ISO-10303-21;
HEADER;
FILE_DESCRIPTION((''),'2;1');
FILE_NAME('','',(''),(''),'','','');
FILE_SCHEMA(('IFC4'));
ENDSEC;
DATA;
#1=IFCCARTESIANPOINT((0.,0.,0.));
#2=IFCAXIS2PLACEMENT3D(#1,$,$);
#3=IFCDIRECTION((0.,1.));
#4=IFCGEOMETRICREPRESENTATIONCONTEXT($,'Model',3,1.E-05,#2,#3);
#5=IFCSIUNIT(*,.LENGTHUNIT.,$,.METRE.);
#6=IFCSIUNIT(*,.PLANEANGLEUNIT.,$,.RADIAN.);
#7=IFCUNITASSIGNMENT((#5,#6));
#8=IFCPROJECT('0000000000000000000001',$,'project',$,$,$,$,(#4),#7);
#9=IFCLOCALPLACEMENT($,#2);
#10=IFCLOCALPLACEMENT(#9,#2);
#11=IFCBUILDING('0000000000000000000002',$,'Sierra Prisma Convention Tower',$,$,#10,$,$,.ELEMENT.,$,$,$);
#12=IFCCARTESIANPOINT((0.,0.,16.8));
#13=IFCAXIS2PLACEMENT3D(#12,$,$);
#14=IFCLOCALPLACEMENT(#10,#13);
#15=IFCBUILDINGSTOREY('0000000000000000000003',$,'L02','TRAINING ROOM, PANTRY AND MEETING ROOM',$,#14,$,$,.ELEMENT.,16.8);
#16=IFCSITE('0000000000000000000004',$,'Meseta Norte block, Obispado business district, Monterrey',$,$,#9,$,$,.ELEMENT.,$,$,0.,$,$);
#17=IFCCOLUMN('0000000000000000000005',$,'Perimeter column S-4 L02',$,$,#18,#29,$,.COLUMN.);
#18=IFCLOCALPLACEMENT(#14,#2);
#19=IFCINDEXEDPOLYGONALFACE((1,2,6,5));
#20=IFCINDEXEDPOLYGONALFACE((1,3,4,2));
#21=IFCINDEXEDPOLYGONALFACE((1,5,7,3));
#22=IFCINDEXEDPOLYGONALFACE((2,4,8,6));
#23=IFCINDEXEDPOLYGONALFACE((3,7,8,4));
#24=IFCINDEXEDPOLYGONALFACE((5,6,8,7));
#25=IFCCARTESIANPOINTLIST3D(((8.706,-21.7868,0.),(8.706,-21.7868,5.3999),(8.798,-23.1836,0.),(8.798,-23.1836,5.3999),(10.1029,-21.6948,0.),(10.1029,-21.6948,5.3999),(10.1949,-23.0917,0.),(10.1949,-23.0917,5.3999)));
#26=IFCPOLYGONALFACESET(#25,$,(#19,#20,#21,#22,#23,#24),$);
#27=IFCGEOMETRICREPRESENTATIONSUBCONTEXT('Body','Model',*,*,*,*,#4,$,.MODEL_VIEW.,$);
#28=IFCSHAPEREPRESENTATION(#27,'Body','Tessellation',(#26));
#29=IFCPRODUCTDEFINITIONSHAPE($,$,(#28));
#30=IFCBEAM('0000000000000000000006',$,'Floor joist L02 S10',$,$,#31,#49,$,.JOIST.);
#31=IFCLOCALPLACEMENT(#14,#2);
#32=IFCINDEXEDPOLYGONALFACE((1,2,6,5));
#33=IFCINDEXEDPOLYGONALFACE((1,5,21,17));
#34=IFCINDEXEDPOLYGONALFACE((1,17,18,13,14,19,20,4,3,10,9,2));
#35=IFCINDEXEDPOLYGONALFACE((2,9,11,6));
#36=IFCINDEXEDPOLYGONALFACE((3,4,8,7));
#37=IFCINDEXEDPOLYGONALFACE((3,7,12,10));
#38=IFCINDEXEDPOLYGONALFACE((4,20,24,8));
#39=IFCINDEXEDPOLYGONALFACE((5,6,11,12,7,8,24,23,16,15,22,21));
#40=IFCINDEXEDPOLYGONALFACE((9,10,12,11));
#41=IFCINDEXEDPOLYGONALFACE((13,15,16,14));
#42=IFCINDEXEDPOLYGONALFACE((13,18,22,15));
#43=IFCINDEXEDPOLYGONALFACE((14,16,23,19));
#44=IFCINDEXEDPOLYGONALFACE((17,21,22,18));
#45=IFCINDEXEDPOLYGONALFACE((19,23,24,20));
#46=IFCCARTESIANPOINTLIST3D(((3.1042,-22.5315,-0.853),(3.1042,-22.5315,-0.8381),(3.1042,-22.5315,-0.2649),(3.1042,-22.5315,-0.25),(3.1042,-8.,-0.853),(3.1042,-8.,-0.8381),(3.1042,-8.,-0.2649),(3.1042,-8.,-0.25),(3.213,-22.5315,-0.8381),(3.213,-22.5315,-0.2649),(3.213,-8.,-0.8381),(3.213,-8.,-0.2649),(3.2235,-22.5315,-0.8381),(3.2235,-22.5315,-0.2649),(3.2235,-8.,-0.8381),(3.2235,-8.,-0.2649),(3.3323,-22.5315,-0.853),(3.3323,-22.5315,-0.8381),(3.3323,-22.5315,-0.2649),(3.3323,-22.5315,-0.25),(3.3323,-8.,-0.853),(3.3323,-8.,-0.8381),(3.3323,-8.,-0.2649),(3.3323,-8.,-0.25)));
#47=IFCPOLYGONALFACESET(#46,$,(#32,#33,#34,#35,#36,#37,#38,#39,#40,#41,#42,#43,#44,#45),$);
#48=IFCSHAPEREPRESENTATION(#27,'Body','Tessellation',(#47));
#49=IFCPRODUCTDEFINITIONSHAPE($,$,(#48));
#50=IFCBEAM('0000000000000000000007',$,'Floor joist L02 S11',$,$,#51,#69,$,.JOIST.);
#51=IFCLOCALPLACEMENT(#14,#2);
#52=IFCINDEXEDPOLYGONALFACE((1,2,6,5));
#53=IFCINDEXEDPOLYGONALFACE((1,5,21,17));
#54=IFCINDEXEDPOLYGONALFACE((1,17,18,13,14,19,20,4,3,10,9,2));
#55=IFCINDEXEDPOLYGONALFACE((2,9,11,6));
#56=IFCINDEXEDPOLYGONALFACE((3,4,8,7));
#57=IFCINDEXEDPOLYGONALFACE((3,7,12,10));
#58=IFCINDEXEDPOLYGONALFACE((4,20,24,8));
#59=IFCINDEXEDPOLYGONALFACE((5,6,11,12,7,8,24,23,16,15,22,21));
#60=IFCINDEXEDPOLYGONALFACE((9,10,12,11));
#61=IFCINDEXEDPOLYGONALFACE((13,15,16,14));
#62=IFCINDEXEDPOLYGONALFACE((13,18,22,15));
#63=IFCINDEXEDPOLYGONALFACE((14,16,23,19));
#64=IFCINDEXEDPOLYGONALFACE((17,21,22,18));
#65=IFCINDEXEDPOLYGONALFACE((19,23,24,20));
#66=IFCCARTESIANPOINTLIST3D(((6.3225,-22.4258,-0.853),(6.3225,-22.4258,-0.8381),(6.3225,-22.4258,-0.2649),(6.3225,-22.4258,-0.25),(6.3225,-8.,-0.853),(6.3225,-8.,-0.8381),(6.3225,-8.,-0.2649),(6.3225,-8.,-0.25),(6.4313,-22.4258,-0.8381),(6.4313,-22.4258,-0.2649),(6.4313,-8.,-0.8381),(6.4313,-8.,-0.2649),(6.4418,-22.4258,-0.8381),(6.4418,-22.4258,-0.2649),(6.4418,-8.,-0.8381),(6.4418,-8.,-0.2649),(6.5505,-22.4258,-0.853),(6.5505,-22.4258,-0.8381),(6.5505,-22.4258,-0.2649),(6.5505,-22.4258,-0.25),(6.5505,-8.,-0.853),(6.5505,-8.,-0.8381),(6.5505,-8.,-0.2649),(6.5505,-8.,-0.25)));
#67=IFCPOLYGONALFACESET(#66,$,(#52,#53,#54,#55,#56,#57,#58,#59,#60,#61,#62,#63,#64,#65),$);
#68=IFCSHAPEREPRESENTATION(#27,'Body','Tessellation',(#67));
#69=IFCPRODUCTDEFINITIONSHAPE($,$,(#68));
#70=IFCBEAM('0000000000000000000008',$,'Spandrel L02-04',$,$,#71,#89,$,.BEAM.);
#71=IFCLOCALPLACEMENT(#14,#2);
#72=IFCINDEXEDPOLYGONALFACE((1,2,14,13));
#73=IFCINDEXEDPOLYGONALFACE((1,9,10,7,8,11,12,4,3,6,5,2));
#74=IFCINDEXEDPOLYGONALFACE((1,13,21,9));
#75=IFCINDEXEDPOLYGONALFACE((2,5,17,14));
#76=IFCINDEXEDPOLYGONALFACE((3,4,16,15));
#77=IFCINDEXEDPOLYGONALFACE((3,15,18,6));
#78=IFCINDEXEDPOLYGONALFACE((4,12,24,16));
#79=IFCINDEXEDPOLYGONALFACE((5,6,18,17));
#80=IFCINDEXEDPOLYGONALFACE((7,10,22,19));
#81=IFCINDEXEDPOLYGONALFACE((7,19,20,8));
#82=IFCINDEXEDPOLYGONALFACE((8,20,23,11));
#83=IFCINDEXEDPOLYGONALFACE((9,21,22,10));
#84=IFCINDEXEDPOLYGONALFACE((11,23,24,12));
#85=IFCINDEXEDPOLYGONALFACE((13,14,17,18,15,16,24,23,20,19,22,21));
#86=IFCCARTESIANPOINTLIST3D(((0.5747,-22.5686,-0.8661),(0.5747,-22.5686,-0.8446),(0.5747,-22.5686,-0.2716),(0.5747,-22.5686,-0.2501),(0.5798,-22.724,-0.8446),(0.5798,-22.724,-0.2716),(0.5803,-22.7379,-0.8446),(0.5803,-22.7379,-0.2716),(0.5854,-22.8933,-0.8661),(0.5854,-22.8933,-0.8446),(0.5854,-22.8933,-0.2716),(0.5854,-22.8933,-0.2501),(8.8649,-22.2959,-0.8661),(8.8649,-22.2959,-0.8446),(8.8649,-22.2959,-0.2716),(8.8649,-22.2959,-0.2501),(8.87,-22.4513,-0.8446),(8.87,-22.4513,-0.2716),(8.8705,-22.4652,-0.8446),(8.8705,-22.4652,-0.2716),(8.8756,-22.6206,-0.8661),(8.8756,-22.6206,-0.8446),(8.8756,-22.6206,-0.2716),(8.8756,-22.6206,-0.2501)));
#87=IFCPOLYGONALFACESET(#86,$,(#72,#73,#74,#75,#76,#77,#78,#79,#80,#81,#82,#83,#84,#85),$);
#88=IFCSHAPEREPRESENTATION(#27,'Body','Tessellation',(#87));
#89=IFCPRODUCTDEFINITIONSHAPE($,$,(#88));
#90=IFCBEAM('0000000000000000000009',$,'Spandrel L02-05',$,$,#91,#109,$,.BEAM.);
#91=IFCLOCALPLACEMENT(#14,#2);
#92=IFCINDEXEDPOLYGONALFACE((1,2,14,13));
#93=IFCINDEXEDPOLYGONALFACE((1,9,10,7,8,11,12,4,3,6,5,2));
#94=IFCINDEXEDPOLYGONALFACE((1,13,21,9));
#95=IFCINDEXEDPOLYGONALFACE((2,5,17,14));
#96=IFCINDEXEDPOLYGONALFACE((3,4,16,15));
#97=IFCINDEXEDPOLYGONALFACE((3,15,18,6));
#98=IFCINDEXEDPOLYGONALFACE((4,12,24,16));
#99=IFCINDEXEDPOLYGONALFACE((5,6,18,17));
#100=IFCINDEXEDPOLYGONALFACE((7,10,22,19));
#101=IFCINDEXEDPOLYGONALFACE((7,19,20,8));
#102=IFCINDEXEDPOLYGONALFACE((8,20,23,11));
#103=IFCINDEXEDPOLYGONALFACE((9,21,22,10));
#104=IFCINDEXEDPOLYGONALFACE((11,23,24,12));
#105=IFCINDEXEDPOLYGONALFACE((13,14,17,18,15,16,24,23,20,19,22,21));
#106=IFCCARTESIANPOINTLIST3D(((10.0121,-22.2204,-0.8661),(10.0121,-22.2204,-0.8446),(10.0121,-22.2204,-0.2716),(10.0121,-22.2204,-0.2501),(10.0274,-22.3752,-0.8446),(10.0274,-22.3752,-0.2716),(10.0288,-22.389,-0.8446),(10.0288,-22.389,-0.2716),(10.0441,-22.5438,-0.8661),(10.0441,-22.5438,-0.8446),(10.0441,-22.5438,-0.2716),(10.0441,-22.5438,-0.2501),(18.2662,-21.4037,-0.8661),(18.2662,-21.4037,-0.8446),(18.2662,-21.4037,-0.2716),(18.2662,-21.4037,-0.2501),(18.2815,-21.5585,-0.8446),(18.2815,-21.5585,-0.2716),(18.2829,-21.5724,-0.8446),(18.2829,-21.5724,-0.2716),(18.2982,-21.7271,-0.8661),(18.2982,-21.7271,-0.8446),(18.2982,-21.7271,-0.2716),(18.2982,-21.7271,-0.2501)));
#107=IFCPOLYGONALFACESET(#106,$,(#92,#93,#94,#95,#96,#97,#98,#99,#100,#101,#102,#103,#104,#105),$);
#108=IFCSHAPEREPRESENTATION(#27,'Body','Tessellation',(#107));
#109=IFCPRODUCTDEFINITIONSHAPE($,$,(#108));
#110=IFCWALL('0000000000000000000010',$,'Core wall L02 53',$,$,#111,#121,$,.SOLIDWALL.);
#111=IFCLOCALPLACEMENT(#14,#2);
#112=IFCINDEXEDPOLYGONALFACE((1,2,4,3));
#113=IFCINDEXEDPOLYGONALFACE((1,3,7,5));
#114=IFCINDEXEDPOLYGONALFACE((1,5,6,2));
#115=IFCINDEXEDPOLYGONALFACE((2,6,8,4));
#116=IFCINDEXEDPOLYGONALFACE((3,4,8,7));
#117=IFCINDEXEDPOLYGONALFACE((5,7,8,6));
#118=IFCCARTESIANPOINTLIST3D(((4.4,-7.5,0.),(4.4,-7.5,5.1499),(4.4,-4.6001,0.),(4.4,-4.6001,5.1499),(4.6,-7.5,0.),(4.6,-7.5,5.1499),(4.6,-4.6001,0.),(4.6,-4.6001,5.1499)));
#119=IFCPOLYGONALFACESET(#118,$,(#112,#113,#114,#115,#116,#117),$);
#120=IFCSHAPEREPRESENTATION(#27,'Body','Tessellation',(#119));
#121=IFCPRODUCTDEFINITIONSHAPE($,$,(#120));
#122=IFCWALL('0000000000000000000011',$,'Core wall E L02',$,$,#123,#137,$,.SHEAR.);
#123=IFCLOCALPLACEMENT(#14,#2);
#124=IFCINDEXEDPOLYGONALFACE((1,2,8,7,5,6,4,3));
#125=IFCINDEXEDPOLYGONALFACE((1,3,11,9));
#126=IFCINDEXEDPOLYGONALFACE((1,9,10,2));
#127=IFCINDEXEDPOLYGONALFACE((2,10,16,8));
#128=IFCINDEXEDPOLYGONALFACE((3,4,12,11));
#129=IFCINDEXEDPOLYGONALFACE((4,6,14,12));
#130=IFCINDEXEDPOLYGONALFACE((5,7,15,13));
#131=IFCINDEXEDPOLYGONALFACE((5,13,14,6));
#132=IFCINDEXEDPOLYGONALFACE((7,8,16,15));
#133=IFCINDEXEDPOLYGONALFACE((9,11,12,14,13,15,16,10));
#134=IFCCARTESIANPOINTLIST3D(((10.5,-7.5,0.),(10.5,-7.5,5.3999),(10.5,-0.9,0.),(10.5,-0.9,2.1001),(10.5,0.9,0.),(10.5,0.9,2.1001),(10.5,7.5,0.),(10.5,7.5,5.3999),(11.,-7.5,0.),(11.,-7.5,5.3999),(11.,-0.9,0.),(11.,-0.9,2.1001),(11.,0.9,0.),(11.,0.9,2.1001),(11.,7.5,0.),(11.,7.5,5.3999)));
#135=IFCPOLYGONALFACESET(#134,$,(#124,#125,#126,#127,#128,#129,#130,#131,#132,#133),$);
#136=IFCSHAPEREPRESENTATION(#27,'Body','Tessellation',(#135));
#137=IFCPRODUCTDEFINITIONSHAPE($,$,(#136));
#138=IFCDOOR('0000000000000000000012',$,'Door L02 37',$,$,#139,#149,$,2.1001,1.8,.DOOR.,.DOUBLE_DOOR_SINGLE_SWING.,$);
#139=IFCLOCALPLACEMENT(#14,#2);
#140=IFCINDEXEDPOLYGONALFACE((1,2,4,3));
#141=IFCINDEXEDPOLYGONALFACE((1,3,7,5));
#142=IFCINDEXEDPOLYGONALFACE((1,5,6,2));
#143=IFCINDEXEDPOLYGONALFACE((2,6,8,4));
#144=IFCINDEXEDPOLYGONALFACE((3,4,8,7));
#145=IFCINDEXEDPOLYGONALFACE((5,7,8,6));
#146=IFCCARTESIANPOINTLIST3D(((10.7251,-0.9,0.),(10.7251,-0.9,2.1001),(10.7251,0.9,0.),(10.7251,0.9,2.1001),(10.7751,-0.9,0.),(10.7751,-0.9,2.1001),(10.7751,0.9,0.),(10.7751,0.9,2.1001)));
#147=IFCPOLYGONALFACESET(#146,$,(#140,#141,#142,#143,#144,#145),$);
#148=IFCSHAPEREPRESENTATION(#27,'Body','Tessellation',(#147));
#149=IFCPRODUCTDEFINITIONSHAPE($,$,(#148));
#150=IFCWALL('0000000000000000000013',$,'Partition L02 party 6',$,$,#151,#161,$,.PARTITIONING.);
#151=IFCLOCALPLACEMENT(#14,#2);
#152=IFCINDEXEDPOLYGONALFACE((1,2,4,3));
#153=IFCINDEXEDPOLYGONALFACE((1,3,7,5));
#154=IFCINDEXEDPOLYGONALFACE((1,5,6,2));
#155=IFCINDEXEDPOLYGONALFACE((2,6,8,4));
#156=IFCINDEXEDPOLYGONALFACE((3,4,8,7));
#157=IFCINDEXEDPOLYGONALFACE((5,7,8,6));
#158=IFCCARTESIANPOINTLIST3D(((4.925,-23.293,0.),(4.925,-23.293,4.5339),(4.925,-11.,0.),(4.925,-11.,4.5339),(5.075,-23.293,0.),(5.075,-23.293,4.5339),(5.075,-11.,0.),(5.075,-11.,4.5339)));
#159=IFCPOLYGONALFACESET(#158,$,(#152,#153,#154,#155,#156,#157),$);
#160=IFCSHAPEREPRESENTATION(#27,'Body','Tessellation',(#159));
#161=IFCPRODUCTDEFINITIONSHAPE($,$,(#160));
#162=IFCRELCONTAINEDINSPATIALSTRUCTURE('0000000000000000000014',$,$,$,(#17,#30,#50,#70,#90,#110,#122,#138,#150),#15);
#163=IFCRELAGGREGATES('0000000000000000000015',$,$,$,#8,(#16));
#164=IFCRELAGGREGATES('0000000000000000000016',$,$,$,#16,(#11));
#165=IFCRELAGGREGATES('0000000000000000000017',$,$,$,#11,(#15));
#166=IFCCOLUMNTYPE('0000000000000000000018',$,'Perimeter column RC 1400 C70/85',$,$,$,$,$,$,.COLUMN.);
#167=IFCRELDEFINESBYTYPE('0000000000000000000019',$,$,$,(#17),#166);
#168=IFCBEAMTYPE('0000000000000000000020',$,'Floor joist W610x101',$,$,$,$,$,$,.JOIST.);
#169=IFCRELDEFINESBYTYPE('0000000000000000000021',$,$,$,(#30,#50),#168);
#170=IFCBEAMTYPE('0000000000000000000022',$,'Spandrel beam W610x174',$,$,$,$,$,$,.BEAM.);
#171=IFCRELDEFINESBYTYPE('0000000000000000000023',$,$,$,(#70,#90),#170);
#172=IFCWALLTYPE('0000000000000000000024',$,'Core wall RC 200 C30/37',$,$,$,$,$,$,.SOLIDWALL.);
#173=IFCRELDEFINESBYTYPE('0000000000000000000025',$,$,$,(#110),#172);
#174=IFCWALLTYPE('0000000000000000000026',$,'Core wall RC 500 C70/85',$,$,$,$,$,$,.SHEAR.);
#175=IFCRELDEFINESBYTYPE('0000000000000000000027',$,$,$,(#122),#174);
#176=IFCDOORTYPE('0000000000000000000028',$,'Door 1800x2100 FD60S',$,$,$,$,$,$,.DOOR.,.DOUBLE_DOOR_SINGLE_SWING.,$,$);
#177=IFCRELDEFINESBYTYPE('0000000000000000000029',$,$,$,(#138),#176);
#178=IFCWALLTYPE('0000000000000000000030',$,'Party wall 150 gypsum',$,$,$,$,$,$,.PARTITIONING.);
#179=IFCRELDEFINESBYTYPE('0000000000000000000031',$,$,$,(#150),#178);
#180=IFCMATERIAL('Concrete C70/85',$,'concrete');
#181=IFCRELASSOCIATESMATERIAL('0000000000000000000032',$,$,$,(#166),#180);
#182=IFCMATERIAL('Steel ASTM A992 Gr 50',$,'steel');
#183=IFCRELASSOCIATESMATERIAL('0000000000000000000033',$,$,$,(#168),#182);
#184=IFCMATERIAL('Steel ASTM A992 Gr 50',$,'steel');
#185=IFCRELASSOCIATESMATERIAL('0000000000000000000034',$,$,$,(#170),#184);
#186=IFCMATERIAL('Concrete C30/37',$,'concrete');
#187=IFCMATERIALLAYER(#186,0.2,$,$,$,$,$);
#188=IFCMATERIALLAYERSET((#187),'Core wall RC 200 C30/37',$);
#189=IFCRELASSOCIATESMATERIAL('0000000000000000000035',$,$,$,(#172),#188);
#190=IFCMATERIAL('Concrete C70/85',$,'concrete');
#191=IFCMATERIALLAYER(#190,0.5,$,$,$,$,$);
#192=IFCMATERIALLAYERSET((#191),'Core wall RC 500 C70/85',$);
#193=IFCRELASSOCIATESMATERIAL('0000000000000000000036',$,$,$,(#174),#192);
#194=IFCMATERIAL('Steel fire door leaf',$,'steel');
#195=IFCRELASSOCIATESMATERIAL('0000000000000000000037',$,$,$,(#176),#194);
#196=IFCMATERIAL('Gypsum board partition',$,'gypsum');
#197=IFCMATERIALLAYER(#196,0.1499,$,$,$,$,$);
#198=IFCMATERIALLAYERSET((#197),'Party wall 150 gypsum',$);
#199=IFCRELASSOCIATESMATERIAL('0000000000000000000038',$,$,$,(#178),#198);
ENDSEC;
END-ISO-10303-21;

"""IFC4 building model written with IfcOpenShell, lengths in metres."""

from ifc_helpers import new_model, si_unit, direction, frame, frame_2d, origin, origin_2d, place, context, subcontext, project, spatial, rectangle, i_section, extrude, material, layer, layer_set, material_profile, profile_set, type_object, element, fill, save


model = new_model("IFC4")

# Units and contexts
model_context = context("Model", 3, precision=1e-05, world=origin(), true_north=direction((0.0, 1.0)))
body_context = subcontext(model_context, "Body", "Model", "MODEL_VIEW")
ifc_project = project(units=[si_unit("LENGTHUNIT", "METRE"), si_unit("PLANEANGLEUNIT", "RADIAN")], contexts=[model_context])

# Site, building, storey
site_placement = place(None, origin())
site = spatial("IfcSite", under=ifc_project, at=site_placement, Name="Meseta Norte block, Obispado business district, Monterrey", CompositionType="ELEMENT", RefElevation=0.0)
building_placement = place(site_placement, origin())
building = spatial("IfcBuilding", under=site, at=building_placement, Name="Sierra Prisma Convention Tower", CompositionType="ELEMENT")
storey_placement = place(building_placement, frame((0.0, 0.0, 16.8)))
storey = spatial("IfcBuildingStorey", under=building, at=storey_placement, Name="L02", Description="TRAINING ROOM, PANTRY AND MEETING ROOM", CompositionType="ELEMENT", Elevation=16.8)

# Column
ifc_material_1 = material(Name="Concrete C70/85", Category="concrete")
ifc_material_profile_1 = material_profile(ifc_material_1, rectangle(XDim=1.3999, YDim=1.3999, at=origin_2d()), Name="Perimeter column RC 1400 C70/85")
ifc_profile_set_1 = profile_set([ifc_material_profile_1], Name="Concrete C70/85")
column_type = type_object("IfcColumnType", Name="Perimeter column RC 1400 C70/85", PredefinedType="COLUMN", material=ifc_profile_set_1)
column_placement = place(storey_placement, frame((9.4504, -22.4392, 0.0), z_axis=(0.0, 0.0, 1.0), x_axis=(0.997839, 0.065699, 0.0)))
element("IfcColumn", 1, at=column_placement, inside=storey, type_object=column_type, Name="Perimeter column S-4 L02", PredefinedType="COLUMN", context=body_context, shape_type="SweptSolid", body=[
    extrude(rectangle(XDim=1.3999, YDim=1.3999, at=origin_2d()), origin(), (0.0, 0.0, 1.0), 5.3999),
])

# Beams
ifc_material_2 = material(Name="Steel ASTM A992 Gr 50", Category="steel")
ifc_material_profile_2 = material_profile(ifc_material_2, i_section(OverallWidth=0.228, OverallDepth=0.603, WebThickness=0.0105, FlangeThickness=0.0149, at=origin_2d()), Name="W610x101")
ifc_profile_set_2 = profile_set([ifc_material_profile_2], Name="Steel ASTM A992 Gr 50")
beam_type_1 = type_object("IfcBeamType", Name="Floor joist W610x101", PredefinedType="JOIST", material=ifc_profile_set_2)
beam_1_placement = place(storey_placement, frame((3.2183, -22.5315, -0.5515), z_axis=(0.0, 1.0, 0.0), x_axis=(-1.0, 0.0, 0.0)))
element("IfcBeam", 2, at=beam_1_placement, inside=storey, type_object=beam_type_1, Name="Floor joist L02 S10", PredefinedType="JOIST", context=body_context, shape_type="SweptSolid", body=[
    extrude(i_section(OverallWidth=0.228, OverallDepth=0.603, WebThickness=0.0105, FlangeThickness=0.0149, at=origin_2d()), origin(), (0.0, 0.0, 1.0), 14.5315),
])
beam_2_placement = place(storey_placement, frame((6.4365, -22.4258, -0.5515), z_axis=(0.0, 1.0, 0.0), x_axis=(-1.0, 0.0, 0.0)))
element("IfcBeam", 3, at=beam_2_placement, inside=storey, type_object=beam_type_1, Name="Floor joist L02 S11", PredefinedType="JOIST", context=body_context, shape_type="SweptSolid", body=[
    extrude(i_section(OverallWidth=0.228, OverallDepth=0.603, WebThickness=0.0105, FlangeThickness=0.0149, at=origin_2d()), origin(), (0.0, 0.0, 1.0), 14.4258),
])
ifc_material_3 = material(Name="Steel ASTM A992 Gr 50", Category="steel")
ifc_material_profile_3 = material_profile(ifc_material_3, i_section(OverallWidth=0.325, OverallDepth=0.616, WebThickness=0.0139, FlangeThickness=0.0215, at=origin_2d()), Name="W610x174")
ifc_profile_set_3 = profile_set([ifc_material_profile_3], Name="Steel ASTM A992 Gr 50")
beam_type_2 = type_object("IfcBeamType", Name="Spandrel beam W610x174", PredefinedType="BEAM", material=ifc_profile_set_3)
beam_3_placement = place(storey_placement, frame((0.5801, -22.731, -0.5581), z_axis=(0.999459, 0.032877, 0.0), x_axis=(-0.032877, 0.999459, 0.0)))
element("IfcBeam", 4, at=beam_3_placement, inside=storey, type_object=beam_type_2, Name="Spandrel L02-04", PredefinedType="BEAM", context=body_context, shape_type="SweptSolid", body=[
    extrude(i_section(OverallWidth=0.325, OverallDepth=0.616, WebThickness=0.0139, FlangeThickness=0.0215, at=origin_2d()), origin(), (0.0, 0.0, 1.0), 8.2947),
])
beam_4_placement = place(storey_placement, frame((10.0281, -22.3821, -0.5581), z_axis=(0.995141, 0.098457, 0.0), x_axis=(-0.098457, 0.995141, 0.0)))
element("IfcBeam", 5, at=beam_4_placement, inside=storey, type_object=beam_type_2, Name="Spandrel L02-05", PredefinedType="BEAM", context=body_context, shape_type="SweptSolid", body=[
    extrude(i_section(OverallWidth=0.325, OverallDepth=0.616, WebThickness=0.0139, FlangeThickness=0.0215, at=origin_2d()), origin(), (0.0, 0.0, 1.0), 8.2944),
])

# Wall
ifc_material_4 = material(Name="Concrete C30/37", Category="concrete")
ifc_layer_1 = layer(ifc_material_4, 0.2)
ifc_layer_set_1 = layer_set([ifc_layer_1], Name="Core wall RC 200 C30/37")
wall_type_1 = type_object("IfcWallType", Name="Core wall RC 200 C30/37", PredefinedType="SOLIDWALL", material=ifc_layer_set_1)
wall_1_placement = place(storey_placement, frame((4.5, -7.5, 0.0), z_axis=(0.0, 0.0, 1.0), x_axis=(0.0, 1.0, 0.0)))
element("IfcWall", 6, at=wall_1_placement, inside=storey, type_object=wall_type_1, Name="Core wall L02 53", PredefinedType="SOLIDWALL", context=body_context, shape_type="SweptSolid", body=[
    extrude(rectangle(XDim=2.8999, YDim=0.2, at=frame_2d((1.45, 0.0))), origin(), (0.0, 0.0, 1.0), 5.1499),
])

# Wall, opening, door
ifc_material_5 = material(Name="Concrete C70/85", Category="concrete")
ifc_layer_2 = layer(ifc_material_5, 0.5)
ifc_layer_set_2 = layer_set([ifc_layer_2], Name="Core wall RC 500 C70/85")
wall_type_2 = type_object("IfcWallType", Name="Core wall RC 500 C70/85", PredefinedType="SHEAR", material=ifc_layer_set_2)
wall_2_placement = place(storey_placement, frame((10.75, -7.5, 0.0), z_axis=(0.0, 0.0, 1.0), x_axis=(0.0, 1.0, 0.0)))
wall_2 = element("IfcWall", 7, at=wall_2_placement, inside=storey, type_object=wall_type_2, Name="Core wall E L02", PredefinedType="SHEAR", context=body_context, shape_type="SweptSolid", body=[
    extrude(rectangle(XDim=15.0, YDim=0.5, at=frame_2d((7.5, 0.0))), origin(), (0.0, 0.0, 1.0), 5.3999),
])
opening_1_placement = place(wall_2_placement, frame((6.6001, 0.0, 0.0)))
opening_1 = element("IfcOpeningElement", 8, at=opening_1_placement, cuts=wall_2, PredefinedType="OPENING", context=body_context, shape_type="SweptSolid", body=[
    extrude(rectangle(XDim=1.8, YDim=2.1001, at=frame_2d((0.8999, 1.05))), frame((0.0, 0.25, 0.0), z_axis=(0.0, -1.0, 0.0), x_axis=(1.0, 0.0, 0.0)), (0.0, 0.0, 1.0), 0.5),
])
ifc_material_6 = material(Name="Steel fire door leaf", Category="steel")
door_type = type_object("IfcDoorType", Name="Door 1800x2100 FD60S", OperationType="DOUBLE_DOOR_SINGLE_SWING", PredefinedType="DOOR", material=ifc_material_6)
door_placement = place(opening_1_placement, origin())
door = element("IfcDoor", 9, at=door_placement, inside=storey, type_object=door_type, Name="Door L02 37", OperationType="DOUBLE_DOOR_SINGLE_SWING", OverallHeight=2.1001, OverallWidth=1.8, PredefinedType="DOOR", context=body_context, shape_type="SweptSolid", body=[
    extrude(rectangle(XDim=1.8, YDim=2.1001, at=frame_2d((0.8999, 1.05))), frame((0.0, 0.0249, 0.0), z_axis=(0.0, -1.0, 0.0), x_axis=(1.0, 0.0, 0.0)), (0.0, 0.0, 1.0), 0.05),
])
fill(opening_1, door)

# Wall
ifc_material_7 = material(Name="Gypsum board partition", Category="gypsum")
ifc_layer_3 = layer(ifc_material_7, 0.1499)
ifc_layer_set_3 = layer_set([ifc_layer_3], Name="Party wall 150 gypsum")
wall_type_3 = type_object("IfcWallType", Name="Party wall 150 gypsum", PredefinedType="PARTITIONING", material=ifc_layer_set_3)
wall_3_placement = place(storey_placement, frame((5.0, -11.0, 0.0), z_axis=(0.0, 0.0, 1.0), x_axis=(0.0, -1.0, 0.0)))
element("IfcWall", 10, at=wall_3_placement, inside=storey, type_object=wall_type_3, Name="Partition L02 party 6", PredefinedType="PARTITIONING", context=body_context, shape_type="SweptSolid", body=[
    extrude(rectangle(XDim=12.293, YDim=0.1499, at=frame_2d((6.1465, 0.0))), origin(), (0.0, 0.0, 1.0), 4.5339),
])

save(model, "model.ifc")
